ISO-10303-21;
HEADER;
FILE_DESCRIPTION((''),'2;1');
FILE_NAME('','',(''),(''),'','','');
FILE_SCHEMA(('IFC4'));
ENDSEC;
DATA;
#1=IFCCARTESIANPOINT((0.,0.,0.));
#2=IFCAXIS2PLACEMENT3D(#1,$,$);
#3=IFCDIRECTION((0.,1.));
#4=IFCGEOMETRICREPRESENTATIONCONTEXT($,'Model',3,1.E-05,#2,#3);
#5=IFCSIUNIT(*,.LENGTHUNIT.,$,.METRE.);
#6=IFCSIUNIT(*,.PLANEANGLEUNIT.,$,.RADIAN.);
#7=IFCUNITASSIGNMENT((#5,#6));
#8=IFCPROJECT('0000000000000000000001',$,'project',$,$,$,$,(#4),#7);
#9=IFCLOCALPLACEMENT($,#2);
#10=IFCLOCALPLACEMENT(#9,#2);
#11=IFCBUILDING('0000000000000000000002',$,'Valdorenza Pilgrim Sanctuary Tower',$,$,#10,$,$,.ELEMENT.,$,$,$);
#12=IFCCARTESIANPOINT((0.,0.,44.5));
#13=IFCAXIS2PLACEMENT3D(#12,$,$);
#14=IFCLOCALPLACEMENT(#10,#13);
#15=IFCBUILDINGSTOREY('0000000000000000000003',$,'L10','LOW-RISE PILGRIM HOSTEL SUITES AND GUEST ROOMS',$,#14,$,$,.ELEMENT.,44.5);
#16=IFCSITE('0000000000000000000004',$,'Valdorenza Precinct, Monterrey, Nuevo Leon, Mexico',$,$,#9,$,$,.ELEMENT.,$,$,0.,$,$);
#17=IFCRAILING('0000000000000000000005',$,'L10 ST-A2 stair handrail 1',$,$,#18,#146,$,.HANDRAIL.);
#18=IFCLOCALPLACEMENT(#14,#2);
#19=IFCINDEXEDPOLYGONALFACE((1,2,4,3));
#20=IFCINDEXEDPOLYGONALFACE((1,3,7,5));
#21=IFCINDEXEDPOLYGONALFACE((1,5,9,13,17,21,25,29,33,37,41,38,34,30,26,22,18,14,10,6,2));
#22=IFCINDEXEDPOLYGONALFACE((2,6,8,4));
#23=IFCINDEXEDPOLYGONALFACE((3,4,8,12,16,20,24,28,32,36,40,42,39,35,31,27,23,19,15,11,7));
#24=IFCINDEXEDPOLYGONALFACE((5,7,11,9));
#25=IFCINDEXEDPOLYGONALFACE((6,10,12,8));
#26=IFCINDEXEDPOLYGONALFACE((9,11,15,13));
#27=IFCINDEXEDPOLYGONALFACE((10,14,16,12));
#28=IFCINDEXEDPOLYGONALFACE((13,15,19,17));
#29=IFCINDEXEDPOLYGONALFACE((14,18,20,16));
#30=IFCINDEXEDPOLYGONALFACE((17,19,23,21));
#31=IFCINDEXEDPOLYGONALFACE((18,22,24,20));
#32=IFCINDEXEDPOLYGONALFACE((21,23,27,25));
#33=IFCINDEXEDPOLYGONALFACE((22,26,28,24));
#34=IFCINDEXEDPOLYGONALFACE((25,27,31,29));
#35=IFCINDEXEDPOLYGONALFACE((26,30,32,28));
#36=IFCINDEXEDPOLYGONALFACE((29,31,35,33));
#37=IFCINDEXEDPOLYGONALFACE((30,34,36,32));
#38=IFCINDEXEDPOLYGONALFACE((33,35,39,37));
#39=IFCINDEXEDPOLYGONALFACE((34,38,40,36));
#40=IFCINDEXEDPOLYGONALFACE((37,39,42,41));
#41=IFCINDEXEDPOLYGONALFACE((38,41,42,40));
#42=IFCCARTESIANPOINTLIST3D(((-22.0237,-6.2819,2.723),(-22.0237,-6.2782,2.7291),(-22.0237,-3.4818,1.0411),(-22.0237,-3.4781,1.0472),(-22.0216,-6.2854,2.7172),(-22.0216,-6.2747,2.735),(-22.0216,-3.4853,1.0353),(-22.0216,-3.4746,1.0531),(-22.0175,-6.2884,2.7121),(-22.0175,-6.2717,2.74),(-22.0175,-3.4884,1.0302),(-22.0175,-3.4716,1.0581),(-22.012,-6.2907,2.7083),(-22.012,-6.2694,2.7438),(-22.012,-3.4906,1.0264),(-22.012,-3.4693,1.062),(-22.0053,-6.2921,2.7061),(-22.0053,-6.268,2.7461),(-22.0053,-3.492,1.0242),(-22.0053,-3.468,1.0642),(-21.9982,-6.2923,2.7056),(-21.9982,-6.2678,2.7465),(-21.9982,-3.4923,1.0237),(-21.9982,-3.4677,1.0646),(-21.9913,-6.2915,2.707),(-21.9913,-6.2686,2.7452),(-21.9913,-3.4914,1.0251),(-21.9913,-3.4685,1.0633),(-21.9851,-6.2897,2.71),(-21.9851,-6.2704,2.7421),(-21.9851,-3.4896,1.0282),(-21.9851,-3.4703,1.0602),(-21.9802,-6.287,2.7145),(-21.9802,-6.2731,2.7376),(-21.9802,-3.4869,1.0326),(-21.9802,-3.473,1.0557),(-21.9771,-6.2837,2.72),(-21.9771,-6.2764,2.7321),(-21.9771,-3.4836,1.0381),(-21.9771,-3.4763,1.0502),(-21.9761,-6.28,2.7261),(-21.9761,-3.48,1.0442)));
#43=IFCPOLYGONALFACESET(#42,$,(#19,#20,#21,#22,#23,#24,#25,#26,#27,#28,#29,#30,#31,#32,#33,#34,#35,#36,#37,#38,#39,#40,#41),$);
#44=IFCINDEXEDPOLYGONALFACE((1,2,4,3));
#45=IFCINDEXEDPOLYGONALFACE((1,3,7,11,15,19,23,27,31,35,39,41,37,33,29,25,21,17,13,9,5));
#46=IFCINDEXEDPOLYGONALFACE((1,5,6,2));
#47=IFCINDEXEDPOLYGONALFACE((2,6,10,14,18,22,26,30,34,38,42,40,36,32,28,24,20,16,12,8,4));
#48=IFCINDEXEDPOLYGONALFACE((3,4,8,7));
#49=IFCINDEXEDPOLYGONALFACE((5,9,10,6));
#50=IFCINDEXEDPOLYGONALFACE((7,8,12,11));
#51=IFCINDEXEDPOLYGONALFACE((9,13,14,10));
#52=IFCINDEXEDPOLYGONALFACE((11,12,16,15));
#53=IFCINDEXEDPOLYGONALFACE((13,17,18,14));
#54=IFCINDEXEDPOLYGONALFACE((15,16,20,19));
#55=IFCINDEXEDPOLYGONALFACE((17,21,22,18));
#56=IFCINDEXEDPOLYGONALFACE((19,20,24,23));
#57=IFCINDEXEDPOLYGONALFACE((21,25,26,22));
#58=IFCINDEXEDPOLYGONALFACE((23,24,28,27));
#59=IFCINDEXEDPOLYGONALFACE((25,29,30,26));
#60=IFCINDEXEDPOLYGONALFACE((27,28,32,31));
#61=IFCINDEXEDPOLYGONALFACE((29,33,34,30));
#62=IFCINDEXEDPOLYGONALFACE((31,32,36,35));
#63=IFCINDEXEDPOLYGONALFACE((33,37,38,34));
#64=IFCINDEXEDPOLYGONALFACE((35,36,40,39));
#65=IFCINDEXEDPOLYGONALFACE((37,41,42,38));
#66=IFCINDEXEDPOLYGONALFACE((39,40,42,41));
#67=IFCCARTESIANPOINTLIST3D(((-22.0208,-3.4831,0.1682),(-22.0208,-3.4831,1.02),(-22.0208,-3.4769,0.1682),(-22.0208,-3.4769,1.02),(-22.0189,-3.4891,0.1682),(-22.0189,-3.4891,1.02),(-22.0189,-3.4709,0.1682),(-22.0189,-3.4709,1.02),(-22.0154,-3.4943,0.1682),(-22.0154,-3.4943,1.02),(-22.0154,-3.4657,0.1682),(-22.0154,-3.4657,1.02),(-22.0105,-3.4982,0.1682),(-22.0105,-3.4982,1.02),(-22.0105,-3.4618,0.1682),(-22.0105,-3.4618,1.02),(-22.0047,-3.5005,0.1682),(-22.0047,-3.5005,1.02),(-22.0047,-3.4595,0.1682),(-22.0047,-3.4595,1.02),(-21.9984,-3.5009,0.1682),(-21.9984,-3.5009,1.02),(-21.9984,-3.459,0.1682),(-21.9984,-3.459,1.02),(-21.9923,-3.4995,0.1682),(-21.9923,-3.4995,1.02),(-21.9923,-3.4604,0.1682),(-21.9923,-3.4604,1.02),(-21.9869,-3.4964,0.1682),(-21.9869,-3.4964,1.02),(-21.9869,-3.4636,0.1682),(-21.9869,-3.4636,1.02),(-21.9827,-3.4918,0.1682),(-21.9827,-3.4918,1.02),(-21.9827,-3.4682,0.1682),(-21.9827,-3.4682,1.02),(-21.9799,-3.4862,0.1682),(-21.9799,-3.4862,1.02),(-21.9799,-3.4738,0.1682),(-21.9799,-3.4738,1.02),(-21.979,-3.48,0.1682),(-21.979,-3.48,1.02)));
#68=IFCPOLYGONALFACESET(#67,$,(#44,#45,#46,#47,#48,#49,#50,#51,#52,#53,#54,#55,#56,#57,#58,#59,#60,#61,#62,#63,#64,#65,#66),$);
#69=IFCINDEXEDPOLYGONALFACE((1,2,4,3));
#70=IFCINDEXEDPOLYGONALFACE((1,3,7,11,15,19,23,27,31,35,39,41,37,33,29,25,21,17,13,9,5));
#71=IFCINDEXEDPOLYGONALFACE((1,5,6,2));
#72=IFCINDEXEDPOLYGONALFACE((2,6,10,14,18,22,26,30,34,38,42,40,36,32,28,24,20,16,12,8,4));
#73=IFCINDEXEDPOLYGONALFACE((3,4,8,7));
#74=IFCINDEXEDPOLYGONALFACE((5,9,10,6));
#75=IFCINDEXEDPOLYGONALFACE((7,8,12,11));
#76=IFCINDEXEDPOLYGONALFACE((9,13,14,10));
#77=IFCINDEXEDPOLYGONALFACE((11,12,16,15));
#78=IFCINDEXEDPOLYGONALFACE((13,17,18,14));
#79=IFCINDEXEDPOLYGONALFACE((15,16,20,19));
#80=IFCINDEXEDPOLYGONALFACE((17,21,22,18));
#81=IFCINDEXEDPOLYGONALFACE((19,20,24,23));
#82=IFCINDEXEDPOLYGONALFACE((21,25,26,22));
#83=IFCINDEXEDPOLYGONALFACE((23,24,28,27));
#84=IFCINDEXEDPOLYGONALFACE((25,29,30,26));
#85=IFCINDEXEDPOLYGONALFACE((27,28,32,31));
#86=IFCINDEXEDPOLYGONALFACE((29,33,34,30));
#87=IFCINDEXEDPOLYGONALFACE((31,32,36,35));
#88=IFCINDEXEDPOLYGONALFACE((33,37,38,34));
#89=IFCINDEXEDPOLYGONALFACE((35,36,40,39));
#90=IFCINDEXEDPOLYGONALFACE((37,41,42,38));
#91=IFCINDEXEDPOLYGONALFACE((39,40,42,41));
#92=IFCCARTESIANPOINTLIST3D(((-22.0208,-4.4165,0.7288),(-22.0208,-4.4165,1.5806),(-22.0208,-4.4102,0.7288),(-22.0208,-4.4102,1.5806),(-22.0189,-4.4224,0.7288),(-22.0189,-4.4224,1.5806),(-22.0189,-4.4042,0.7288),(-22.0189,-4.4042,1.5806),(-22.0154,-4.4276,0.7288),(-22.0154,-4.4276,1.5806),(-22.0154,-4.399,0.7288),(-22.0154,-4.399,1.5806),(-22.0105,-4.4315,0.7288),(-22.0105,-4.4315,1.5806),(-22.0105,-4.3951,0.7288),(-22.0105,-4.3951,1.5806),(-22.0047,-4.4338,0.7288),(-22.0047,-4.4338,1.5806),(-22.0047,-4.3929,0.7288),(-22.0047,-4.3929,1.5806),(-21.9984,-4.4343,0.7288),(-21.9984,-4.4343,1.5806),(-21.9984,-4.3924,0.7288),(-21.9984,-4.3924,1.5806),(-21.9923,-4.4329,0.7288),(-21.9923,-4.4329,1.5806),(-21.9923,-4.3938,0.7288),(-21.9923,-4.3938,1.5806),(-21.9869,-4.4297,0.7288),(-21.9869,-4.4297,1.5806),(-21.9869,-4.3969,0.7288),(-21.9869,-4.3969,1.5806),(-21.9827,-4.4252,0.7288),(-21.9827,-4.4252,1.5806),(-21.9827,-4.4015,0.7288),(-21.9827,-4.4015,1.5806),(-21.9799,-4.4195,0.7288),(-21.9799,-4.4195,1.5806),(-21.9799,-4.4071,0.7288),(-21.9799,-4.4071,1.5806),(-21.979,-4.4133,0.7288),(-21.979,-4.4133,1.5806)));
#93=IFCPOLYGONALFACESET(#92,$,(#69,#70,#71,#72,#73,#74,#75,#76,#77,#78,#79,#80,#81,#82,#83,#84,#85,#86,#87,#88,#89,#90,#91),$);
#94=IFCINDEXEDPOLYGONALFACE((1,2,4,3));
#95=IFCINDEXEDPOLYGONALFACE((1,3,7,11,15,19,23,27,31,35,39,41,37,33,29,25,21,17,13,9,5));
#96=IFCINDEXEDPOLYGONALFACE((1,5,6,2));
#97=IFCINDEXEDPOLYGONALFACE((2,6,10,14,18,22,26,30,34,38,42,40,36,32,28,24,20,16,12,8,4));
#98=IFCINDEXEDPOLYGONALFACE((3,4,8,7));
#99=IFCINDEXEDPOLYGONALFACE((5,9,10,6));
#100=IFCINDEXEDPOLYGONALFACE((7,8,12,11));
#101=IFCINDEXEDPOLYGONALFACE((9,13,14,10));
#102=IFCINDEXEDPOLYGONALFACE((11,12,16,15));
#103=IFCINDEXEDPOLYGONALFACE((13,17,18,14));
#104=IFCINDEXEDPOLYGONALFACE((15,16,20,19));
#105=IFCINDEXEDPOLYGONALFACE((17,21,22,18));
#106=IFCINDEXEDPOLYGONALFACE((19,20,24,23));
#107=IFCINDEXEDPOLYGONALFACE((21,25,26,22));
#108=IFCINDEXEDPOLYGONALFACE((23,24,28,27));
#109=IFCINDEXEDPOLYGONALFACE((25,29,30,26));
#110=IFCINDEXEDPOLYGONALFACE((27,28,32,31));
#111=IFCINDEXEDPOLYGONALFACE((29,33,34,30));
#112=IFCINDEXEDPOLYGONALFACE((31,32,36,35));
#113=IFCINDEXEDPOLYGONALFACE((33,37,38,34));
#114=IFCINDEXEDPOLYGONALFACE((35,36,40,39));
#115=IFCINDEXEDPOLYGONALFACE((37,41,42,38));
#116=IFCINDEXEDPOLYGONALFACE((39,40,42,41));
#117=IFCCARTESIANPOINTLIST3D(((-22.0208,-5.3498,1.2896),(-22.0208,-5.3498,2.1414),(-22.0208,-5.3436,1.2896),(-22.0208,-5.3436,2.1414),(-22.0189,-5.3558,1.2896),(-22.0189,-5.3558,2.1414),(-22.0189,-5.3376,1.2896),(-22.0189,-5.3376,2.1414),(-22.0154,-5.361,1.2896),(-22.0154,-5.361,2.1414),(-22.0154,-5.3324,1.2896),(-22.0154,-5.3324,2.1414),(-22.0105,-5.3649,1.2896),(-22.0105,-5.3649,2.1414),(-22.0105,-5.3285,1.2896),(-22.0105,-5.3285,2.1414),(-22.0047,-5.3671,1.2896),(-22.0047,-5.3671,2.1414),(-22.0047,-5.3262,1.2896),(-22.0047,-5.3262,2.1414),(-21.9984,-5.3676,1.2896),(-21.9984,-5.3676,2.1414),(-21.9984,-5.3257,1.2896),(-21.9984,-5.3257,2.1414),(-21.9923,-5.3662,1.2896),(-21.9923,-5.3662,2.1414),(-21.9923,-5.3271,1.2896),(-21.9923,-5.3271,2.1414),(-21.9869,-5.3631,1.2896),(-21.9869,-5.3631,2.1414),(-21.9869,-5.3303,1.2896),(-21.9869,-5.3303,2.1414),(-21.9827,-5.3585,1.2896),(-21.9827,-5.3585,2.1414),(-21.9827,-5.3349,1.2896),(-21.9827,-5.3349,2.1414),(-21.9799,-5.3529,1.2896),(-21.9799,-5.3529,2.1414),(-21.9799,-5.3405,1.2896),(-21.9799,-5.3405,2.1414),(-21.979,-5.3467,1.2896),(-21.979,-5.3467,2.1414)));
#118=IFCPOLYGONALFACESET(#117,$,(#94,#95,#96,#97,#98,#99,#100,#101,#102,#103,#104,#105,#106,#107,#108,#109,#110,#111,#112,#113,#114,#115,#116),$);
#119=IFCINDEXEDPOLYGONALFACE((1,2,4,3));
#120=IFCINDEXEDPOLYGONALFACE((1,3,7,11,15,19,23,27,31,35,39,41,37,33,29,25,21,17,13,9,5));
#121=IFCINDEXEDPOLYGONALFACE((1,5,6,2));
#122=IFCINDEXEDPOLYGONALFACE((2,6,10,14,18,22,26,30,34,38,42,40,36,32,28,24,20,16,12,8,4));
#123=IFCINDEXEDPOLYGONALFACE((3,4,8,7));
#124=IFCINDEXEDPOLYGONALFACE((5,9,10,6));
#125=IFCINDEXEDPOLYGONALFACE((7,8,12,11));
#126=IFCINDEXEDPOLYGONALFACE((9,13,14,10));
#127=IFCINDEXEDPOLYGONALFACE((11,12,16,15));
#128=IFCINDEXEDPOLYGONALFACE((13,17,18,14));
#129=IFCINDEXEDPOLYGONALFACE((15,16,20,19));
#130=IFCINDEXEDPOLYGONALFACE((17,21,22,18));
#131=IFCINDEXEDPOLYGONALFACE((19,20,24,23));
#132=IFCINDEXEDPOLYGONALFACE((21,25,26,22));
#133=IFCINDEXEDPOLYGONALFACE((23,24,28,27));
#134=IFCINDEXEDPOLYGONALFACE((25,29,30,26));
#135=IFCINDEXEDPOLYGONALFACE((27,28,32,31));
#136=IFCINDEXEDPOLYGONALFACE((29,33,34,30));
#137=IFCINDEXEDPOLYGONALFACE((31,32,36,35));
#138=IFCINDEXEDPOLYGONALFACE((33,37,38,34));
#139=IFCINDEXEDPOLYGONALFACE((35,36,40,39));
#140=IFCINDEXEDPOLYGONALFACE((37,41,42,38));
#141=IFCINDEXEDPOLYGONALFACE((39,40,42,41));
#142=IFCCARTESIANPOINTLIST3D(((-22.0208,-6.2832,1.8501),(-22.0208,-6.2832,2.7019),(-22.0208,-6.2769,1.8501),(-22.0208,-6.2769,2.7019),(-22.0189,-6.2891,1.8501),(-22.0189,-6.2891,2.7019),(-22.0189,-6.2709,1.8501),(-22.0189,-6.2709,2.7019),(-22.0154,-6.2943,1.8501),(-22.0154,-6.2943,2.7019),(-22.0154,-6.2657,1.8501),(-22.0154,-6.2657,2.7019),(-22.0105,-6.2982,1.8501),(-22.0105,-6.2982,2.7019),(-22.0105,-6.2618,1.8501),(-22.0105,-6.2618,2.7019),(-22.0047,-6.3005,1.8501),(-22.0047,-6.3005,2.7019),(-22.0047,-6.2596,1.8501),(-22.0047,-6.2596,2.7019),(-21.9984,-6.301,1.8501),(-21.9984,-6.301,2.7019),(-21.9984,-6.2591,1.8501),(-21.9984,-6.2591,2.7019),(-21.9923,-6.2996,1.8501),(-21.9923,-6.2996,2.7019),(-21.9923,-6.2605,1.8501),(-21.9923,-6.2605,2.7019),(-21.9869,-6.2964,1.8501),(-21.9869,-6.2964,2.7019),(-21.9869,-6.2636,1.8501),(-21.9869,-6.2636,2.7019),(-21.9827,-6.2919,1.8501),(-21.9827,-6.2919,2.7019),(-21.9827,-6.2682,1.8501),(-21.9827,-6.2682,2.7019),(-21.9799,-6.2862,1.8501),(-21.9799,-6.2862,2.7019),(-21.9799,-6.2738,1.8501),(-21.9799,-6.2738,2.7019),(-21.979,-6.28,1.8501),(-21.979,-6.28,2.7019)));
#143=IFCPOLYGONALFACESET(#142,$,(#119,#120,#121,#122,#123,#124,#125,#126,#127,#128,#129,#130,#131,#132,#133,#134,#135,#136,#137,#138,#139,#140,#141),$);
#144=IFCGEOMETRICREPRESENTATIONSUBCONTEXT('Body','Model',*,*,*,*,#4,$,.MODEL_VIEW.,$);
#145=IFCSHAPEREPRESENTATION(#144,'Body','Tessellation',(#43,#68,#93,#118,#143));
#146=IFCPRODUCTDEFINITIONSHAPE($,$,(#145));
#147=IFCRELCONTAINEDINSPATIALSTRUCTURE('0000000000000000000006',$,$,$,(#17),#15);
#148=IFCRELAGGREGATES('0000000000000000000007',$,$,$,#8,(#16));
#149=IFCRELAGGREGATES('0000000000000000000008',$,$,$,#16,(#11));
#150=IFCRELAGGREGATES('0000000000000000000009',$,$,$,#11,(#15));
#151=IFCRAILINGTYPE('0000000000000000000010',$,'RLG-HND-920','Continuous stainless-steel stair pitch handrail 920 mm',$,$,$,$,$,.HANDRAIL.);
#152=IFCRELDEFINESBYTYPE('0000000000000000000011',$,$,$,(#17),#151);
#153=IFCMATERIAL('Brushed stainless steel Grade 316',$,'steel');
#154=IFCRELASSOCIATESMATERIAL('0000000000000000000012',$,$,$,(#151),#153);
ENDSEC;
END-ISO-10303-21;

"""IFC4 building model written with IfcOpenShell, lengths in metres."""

from ifc_helpers import new_model, si_unit, direction, frame, origin, origin_2d, place, context, subcontext, project, spatial, circle, extrude, material, type_object, element, save


model = new_model("IFC4")

# Units and contexts
model_context = context("Model", 3, precision=1e-05, world=origin(), true_north=direction((0.0, 1.0)))
body_context = subcontext(model_context, "Body", "Model", "MODEL_VIEW")
ifc_project = project(units=[si_unit("LENGTHUNIT", "METRE"), si_unit("PLANEANGLEUNIT", "RADIAN")], contexts=[model_context])

# Site, building, storey
site_placement = place(None, origin())
site = spatial("IfcSite", under=ifc_project, at=site_placement, Name="Valdorenza Precinct, Monterrey, Nuevo Leon, Mexico", CompositionType="ELEMENT", RefElevation=0.0)
building_placement = place(site_placement, origin())
building = spatial("IfcBuilding", under=site, at=building_placement, Name="Valdorenza Pilgrim Sanctuary Tower", CompositionType="ELEMENT")
storey_placement = place(building_placement, frame((0.0, 0.0, 44.5)))
storey = spatial("IfcBuildingStorey", under=building, at=storey_placement, Name="L10", Description="LOW-RISE PILGRIM HOSTEL SUITES AND GUEST ROOMS", CompositionType="ELEMENT", Elevation=44.5)

# Shared definitions
ifc_material_1 = material(Name="Brushed stainless steel Grade 316", Category="steel")

# Railing
railing_type_1 = type_object("IfcRailingType", Name="RLG-HND-920", Description="Continuous stainless-steel stair pitch handrail 920 mm", PredefinedType="HANDRAIL", material=ifc_material_1)
railing_1_placement = place(storey_placement, frame((-22.0, -3.48, 0.1682)))
element("IfcRailing", 1, at=railing_1_placement, inside=storey, type_object=railing_type_1, Name="L10 ST-A2 stair handrail 1", PredefinedType="HANDRAIL", context=body_context, shape_type="SweptSolid", body=[
    extrude(circle(Radius=0.0239, at=origin_2d()), frame((0.0, 0.0, 0.876), z_axis=(0.0, -0.857242, 0.514913), x_axis=(1.0, 0.0, 0.0)), (0.0, 0.0, 1.0), 3.2664),
    extrude(circle(Radius=0.021, at=origin_2d()), origin(), (0.0, 0.0, 1.0), 0.8518),
    extrude(circle(Radius=0.021, at=origin_2d()), frame((0.0, -0.9333, 0.5605)), (0.0, 0.0, 1.0), 0.8518),
    extrude(circle(Radius=0.021, at=origin_2d()), frame((0.0, -1.8667, 1.1213)), (0.0, 0.0, 1.0), 0.8518),
    extrude(circle(Radius=0.021, at=origin_2d()), frame((0.0, -2.8, 1.6819)), (0.0, 0.0, 1.0), 0.8518),
])

save(model, "model.ifc")
